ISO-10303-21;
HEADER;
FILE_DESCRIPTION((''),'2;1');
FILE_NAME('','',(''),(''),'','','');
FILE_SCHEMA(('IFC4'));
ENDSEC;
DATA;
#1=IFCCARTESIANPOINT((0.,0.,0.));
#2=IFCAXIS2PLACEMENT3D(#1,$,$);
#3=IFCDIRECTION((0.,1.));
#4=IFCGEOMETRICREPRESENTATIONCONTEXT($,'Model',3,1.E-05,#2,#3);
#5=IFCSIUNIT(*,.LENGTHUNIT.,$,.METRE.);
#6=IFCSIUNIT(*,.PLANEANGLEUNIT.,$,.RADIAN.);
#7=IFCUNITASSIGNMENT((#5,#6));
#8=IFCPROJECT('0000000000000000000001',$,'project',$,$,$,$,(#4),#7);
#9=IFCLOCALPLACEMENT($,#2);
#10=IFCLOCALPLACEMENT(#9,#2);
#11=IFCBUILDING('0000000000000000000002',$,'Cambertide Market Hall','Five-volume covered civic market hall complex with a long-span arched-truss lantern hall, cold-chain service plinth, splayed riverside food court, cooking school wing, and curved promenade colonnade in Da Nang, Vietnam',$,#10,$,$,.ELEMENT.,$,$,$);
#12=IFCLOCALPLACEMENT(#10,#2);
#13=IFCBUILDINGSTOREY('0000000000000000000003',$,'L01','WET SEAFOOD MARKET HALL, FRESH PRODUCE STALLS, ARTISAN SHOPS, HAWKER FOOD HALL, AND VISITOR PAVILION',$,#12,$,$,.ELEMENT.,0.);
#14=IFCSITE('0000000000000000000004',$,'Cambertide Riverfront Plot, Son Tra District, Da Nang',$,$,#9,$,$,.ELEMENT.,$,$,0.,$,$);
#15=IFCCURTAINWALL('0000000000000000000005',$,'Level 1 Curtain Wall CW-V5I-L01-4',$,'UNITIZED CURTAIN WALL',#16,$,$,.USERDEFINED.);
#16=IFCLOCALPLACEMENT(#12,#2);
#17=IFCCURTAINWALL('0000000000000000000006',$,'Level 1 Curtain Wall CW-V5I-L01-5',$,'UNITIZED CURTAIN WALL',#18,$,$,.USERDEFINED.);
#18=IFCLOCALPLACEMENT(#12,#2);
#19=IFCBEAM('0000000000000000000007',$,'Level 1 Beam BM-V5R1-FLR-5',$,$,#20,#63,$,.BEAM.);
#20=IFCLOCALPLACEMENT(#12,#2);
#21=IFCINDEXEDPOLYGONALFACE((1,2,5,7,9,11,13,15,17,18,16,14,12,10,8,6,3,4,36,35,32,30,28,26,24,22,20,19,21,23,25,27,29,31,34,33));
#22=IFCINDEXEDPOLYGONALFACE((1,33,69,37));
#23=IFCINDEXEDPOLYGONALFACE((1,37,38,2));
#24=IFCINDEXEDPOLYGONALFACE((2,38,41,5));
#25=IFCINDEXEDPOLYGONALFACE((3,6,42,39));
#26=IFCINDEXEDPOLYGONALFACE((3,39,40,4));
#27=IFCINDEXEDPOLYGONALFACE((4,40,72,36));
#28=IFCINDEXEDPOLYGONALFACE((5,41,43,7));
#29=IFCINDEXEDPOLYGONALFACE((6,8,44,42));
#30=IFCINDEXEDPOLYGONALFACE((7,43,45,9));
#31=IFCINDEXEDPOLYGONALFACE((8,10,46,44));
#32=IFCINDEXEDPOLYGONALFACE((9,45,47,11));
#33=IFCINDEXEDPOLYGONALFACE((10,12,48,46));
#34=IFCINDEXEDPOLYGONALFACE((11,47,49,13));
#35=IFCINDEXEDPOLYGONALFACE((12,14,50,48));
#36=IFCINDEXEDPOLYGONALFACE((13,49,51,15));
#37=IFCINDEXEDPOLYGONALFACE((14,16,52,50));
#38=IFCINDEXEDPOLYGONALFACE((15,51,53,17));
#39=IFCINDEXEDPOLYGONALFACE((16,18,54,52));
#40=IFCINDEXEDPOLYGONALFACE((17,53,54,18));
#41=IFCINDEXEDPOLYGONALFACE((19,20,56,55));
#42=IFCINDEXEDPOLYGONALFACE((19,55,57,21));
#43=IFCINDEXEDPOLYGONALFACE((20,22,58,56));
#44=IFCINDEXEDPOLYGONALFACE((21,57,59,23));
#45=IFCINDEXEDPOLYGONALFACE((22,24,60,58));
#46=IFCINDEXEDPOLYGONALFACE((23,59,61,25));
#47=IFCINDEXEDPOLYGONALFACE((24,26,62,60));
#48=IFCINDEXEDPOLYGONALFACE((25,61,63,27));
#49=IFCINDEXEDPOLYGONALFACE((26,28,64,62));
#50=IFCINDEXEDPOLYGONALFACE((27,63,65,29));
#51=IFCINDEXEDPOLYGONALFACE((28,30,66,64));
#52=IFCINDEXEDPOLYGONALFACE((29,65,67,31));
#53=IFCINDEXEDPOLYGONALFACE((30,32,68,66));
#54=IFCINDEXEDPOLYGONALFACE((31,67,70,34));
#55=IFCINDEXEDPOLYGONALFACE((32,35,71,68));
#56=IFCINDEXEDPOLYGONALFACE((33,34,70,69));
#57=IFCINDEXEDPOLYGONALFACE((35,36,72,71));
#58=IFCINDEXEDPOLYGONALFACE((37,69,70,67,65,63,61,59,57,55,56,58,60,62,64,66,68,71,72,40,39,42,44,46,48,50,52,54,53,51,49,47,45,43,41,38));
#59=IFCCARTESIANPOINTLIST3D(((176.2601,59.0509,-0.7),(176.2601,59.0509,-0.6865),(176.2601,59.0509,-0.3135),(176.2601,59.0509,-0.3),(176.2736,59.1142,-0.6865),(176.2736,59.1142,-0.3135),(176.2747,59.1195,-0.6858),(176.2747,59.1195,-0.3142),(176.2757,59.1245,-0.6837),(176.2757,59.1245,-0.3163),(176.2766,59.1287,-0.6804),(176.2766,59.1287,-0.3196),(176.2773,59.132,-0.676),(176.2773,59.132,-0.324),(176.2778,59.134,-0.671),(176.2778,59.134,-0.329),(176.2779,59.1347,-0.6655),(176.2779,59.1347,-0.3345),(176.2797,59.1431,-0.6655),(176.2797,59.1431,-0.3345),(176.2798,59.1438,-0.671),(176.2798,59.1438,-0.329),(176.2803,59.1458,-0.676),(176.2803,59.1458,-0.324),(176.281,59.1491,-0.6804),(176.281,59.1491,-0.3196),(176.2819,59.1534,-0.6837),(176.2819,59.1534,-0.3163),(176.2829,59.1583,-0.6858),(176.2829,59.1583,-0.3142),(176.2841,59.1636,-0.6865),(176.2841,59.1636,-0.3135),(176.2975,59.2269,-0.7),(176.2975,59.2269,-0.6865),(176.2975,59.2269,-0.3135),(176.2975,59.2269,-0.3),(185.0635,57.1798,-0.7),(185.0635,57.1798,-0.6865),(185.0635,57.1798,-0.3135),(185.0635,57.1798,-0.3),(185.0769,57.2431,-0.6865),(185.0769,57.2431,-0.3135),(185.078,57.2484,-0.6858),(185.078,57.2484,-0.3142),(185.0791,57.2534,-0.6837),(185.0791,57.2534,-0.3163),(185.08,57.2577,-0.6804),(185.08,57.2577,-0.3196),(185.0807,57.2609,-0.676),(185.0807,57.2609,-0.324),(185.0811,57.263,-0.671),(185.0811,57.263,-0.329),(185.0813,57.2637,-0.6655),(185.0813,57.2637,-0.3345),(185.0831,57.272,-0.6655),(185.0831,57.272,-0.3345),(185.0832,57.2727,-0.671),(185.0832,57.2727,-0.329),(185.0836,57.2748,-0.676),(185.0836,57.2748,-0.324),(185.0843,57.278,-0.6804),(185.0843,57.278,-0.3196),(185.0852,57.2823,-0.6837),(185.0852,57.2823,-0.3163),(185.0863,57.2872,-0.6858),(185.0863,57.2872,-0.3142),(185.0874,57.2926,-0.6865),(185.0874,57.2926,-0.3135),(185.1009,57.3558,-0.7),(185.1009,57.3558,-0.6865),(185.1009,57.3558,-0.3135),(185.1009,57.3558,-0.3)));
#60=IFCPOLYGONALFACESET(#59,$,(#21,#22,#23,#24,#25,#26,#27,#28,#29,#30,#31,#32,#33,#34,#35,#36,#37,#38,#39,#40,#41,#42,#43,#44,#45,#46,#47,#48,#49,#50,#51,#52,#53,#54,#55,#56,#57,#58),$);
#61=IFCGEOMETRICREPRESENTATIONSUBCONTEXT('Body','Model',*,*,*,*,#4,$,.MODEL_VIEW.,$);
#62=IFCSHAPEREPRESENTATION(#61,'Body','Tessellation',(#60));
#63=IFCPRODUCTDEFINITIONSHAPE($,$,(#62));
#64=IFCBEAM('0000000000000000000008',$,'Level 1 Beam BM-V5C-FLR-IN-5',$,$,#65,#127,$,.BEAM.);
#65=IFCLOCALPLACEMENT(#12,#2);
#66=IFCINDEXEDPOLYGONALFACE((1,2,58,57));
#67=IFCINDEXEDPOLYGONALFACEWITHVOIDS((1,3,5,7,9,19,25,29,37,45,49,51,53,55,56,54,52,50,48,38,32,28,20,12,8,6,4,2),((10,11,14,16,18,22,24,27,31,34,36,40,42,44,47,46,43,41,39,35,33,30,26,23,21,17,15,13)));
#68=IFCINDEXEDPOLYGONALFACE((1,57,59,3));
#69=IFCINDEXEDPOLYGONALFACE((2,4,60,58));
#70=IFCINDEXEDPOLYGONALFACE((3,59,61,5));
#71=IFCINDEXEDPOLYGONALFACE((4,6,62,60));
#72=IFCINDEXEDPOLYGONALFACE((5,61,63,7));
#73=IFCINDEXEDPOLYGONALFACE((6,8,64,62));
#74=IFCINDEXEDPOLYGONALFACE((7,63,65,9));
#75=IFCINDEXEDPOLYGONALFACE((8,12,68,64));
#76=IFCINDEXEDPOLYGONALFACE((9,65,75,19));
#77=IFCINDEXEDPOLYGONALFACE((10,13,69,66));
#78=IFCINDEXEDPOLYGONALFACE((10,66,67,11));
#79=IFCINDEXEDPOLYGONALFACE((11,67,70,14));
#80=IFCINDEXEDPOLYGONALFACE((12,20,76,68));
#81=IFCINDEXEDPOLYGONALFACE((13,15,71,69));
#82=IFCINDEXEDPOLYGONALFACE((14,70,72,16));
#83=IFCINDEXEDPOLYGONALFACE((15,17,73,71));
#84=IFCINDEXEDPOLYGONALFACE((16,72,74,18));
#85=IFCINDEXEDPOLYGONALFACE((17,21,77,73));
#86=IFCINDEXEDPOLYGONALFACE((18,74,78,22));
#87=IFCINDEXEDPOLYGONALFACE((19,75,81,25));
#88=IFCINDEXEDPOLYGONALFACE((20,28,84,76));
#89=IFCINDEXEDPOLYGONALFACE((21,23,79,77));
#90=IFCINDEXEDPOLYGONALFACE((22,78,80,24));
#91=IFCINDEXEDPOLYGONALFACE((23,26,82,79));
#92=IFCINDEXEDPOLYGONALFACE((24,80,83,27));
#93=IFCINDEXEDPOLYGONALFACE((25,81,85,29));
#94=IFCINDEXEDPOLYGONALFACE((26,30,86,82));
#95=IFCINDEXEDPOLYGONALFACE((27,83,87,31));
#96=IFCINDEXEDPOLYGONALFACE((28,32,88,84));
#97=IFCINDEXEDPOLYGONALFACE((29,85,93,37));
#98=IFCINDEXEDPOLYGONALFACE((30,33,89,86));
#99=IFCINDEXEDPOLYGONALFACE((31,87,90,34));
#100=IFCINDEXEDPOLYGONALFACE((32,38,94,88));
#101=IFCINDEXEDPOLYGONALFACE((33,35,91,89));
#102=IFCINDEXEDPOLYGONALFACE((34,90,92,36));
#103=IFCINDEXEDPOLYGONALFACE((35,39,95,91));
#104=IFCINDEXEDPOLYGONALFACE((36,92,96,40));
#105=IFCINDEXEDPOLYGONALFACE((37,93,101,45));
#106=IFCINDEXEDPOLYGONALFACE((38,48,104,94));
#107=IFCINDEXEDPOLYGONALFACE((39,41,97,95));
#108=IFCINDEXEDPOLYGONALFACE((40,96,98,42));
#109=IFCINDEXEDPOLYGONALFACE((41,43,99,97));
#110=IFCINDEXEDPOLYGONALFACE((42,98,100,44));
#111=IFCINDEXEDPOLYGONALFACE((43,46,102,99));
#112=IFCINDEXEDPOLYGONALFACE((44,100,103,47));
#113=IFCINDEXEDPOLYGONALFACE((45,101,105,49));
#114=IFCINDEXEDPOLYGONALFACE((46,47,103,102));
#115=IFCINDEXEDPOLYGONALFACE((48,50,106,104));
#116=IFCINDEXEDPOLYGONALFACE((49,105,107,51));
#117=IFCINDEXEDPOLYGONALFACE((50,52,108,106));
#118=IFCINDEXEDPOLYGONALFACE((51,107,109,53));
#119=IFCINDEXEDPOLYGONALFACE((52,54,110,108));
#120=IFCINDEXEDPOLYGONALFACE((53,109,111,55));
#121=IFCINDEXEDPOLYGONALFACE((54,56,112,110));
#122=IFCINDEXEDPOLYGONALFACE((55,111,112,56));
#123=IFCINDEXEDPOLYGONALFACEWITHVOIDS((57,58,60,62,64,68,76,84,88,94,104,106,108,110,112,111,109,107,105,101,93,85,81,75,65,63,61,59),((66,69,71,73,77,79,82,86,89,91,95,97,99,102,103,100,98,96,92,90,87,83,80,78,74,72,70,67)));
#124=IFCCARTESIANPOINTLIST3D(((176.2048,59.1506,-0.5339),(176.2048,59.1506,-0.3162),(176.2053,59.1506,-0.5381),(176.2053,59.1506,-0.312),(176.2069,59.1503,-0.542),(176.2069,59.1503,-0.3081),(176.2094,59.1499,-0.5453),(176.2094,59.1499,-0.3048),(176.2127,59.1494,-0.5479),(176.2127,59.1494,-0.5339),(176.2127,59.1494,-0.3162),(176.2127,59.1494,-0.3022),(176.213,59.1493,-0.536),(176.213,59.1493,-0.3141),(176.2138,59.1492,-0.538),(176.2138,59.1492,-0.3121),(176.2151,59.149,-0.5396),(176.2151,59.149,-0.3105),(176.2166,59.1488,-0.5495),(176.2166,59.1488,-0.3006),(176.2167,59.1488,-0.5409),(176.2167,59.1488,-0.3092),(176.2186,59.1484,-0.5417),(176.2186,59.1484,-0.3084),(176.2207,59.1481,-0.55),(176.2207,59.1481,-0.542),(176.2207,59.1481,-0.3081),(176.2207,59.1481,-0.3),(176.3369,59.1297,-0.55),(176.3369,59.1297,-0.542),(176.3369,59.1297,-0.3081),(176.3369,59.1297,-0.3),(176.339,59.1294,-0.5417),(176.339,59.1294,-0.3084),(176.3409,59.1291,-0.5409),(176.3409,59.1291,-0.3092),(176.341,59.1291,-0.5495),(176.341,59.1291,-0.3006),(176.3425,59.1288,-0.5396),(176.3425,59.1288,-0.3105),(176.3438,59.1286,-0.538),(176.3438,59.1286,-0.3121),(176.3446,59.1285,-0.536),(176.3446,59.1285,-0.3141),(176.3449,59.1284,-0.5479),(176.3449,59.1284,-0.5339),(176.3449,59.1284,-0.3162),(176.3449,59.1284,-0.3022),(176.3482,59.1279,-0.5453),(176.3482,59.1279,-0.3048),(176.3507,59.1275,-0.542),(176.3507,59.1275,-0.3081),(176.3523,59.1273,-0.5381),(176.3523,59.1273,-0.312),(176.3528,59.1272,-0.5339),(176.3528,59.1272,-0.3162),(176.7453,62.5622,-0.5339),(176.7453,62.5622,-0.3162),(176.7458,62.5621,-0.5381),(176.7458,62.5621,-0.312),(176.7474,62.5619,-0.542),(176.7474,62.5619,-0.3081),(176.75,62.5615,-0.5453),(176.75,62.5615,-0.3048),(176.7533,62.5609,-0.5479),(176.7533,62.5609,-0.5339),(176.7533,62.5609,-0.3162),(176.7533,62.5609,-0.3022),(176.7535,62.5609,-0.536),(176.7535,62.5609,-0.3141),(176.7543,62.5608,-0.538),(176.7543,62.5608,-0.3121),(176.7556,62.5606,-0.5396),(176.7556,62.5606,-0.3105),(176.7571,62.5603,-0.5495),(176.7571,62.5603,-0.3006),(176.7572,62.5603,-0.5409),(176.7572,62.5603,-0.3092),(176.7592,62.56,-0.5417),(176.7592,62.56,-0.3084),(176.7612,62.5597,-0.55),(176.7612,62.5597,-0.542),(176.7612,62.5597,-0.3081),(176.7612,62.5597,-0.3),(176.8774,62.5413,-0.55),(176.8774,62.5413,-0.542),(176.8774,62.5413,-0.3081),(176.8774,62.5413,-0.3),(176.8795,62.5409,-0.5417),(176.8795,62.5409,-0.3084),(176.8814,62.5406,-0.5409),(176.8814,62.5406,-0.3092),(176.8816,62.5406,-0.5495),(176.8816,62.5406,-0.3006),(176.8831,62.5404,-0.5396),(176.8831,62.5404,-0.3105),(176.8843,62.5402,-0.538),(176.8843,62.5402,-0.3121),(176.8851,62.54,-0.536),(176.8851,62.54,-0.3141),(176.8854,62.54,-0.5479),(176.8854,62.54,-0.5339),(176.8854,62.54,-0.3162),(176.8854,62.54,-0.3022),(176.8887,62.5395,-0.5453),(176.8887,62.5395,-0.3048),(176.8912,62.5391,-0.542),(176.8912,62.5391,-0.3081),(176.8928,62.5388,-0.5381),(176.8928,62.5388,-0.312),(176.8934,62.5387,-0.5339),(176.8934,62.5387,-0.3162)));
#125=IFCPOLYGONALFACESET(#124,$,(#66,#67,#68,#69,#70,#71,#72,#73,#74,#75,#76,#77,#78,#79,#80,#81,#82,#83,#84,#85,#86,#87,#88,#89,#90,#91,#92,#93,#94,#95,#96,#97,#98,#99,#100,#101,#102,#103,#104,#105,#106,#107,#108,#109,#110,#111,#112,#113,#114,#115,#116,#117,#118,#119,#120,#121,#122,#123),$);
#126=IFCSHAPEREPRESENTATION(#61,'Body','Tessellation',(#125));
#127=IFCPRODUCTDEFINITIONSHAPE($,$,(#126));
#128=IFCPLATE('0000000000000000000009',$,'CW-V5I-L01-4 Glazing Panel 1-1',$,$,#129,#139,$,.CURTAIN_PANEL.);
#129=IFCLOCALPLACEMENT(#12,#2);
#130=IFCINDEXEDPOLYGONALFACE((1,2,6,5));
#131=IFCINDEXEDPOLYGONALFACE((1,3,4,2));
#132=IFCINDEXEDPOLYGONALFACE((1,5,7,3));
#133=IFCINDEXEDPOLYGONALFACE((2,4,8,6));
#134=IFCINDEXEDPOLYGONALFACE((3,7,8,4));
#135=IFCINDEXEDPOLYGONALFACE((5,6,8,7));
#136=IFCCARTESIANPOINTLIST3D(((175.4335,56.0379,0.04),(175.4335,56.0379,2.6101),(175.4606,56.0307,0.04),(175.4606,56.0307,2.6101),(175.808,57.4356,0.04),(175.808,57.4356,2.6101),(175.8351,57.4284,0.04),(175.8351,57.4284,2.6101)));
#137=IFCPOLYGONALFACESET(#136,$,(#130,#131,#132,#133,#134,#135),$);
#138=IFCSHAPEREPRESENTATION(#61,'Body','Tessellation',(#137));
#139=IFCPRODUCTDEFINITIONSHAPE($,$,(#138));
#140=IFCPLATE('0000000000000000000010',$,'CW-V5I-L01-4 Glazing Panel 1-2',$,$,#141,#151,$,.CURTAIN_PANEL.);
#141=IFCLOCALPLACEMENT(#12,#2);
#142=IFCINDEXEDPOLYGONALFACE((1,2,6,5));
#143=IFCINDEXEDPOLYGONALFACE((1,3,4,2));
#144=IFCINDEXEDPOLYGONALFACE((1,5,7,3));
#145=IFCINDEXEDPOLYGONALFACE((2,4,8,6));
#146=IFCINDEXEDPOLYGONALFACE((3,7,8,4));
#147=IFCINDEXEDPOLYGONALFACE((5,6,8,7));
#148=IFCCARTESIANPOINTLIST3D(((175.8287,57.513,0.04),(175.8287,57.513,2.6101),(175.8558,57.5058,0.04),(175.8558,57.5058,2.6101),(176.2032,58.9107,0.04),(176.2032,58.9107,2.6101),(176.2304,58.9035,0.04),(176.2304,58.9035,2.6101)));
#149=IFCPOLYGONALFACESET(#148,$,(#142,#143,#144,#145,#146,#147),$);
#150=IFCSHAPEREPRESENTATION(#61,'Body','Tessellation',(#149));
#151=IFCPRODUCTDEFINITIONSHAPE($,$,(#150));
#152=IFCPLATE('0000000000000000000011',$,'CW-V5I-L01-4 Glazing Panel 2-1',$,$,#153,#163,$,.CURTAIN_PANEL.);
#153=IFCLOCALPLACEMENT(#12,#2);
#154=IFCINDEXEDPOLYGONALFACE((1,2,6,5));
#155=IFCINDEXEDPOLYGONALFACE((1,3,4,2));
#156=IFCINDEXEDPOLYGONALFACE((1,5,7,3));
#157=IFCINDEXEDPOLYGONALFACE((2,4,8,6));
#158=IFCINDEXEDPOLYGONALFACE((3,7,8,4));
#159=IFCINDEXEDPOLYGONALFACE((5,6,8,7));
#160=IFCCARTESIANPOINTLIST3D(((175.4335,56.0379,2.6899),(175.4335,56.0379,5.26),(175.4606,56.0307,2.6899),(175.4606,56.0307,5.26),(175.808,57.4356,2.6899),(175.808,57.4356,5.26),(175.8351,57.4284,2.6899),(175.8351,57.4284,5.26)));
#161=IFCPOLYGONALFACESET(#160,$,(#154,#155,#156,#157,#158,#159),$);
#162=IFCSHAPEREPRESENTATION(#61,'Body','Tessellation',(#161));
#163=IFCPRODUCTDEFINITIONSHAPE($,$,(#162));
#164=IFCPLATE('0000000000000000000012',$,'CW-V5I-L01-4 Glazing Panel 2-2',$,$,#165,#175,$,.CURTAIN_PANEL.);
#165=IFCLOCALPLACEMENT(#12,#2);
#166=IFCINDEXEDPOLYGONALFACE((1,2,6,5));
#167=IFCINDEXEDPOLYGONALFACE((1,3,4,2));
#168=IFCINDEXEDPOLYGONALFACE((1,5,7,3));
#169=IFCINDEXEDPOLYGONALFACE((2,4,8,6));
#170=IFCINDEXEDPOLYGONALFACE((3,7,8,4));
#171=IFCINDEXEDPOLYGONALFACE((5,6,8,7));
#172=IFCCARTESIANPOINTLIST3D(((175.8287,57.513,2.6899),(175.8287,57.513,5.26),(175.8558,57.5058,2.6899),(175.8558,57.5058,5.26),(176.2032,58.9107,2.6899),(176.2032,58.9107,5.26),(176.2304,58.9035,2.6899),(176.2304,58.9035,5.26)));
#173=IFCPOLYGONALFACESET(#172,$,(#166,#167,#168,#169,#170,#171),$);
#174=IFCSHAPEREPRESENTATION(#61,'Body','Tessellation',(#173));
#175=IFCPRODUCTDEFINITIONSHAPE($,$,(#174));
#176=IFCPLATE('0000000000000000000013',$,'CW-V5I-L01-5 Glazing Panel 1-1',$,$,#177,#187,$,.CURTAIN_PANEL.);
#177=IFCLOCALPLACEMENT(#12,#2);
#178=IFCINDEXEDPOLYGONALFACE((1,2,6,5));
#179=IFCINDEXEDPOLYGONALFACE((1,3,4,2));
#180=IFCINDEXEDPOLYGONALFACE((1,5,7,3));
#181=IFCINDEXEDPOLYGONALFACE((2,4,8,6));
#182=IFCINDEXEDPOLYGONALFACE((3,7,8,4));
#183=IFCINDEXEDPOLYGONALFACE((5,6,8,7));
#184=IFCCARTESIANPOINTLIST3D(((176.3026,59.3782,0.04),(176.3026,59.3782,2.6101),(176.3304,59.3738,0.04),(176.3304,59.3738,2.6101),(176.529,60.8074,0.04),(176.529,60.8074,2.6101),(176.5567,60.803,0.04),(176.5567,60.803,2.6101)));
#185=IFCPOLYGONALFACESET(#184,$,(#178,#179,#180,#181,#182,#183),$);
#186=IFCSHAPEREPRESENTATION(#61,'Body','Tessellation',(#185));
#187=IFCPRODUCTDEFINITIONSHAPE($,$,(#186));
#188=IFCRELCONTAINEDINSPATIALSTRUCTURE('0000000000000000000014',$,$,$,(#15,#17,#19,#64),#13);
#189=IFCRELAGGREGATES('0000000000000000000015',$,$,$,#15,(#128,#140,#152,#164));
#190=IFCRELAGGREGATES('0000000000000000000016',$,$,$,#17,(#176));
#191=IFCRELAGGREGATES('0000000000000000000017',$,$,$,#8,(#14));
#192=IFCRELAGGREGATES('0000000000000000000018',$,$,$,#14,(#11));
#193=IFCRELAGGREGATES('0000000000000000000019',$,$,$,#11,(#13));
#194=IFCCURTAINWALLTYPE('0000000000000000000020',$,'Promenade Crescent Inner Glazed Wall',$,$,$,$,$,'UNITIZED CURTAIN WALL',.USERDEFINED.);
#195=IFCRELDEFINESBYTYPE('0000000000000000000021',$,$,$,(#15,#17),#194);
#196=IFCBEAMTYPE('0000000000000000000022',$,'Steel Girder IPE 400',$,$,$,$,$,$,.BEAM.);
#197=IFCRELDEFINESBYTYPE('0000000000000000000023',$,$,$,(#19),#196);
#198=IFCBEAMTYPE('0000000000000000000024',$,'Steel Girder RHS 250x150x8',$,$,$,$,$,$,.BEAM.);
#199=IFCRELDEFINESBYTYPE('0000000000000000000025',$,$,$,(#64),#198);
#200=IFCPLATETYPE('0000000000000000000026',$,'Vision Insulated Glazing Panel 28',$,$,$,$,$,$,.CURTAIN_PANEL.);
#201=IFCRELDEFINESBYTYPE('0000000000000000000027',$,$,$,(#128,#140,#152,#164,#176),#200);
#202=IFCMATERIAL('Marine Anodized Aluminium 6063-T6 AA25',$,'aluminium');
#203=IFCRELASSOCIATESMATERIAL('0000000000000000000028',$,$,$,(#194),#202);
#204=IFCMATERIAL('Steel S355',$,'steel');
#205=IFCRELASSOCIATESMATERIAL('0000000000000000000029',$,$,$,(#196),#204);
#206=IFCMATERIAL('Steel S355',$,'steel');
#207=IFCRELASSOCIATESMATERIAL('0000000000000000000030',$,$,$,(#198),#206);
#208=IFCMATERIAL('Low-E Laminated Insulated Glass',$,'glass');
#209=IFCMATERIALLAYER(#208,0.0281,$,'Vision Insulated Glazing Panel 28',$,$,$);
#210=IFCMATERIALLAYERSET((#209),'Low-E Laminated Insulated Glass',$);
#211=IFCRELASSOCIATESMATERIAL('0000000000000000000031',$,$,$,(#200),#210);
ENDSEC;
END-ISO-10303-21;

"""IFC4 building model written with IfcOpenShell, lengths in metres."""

from ifc_helpers import new_model, si_unit, direction, frame, origin, origin_2d, place, context, subcontext, project, spatial, rectangle, hollow_rectangle, i_section, extrude, material, layer, layer_set, material_profile, profile_set, type_object, element, aggregate, save


model = new_model("IFC4")

# Units and contexts
model_context = context("Model", 3, precision=1e-05, world=origin(), true_north=direction((0.0, 1.0)))
body_context = subcontext(model_context, "Body", "Model", "MODEL_VIEW")
ifc_project = project(units=[si_unit("LENGTHUNIT", "METRE"), si_unit("PLANEANGLEUNIT", "RADIAN")], contexts=[model_context])

# Site, building, storey
site_placement = place(None, origin())
site = spatial("IfcSite", under=ifc_project, at=site_placement, Name="Cambertide Riverfront Plot, Son Tra District, Da Nang", CompositionType="ELEMENT", RefElevation=0.0)
building_placement = place(site_placement, origin())
building = spatial("IfcBuilding", under=site, at=building_placement, Name="Cambertide Market Hall", Description="Five-volume covered civic market hall complex with a long-span arched-truss lantern hall, cold-chain service plinth, splayed riverside food court, cooking school wing, and curved promenade colonnade in Da Nang, Vietnam", CompositionType="ELEMENT")
storey_placement = place(building_placement, origin())
storey = spatial("IfcBuildingStorey", under=building, at=storey_placement, Name="L01", Description="WET SEAFOOD MARKET HALL, FRESH PRODUCE STALLS, ARTISAN SHOPS, HAWKER FOOD HALL, AND VISITOR PAVILION", CompositionType="ELEMENT", Elevation=0.0)

# Curtain wall
ifc_material_1 = material(Name="Marine Anodized Aluminium 6063-T6 AA25", Category="aluminium")
curtain_wall_type = type_object("IfcCurtainWallType", Name="Promenade Crescent Inner Glazed Wall", ElementType="UNITIZED CURTAIN WALL", PredefinedType="USERDEFINED", material=ifc_material_1)
curtain_wall_1_placement = place(storey_placement, origin())
curtain_wall_1 = element("IfcCurtainWall", 1, at=curtain_wall_1_placement, inside=storey, type_object=curtain_wall_type, Name="Level 1 Curtain Wall CW-V5I-L01-4", ObjectType="UNITIZED CURTAIN WALL", PredefinedType="USERDEFINED")

# Curtain wall
curtain_wall_2_placement = place(storey_placement, origin())
curtain_wall_2 = element("IfcCurtainWall", 2, at=curtain_wall_2_placement, inside=storey, type_object=curtain_wall_type, Name="Level 1 Curtain Wall CW-V5I-L01-5", ObjectType="UNITIZED CURTAIN WALL", PredefinedType="USERDEFINED")

# Beams
ifc_material_2 = material(Name="Steel S355", Category="steel")
ifc_material_profile_1 = material_profile(ifc_material_2, i_section(OverallWidth=0.1799, OverallDepth=0.3999, WebThickness=0.0085, FlangeThickness=0.0134, FilletRadius=0.021, at=origin_2d()), Name="IPE 400")
ifc_profile_set_1 = profile_set([ifc_material_profile_1], Name="Steel S355")
beam_type_1 = type_object("IfcBeamType", Name="Steel Girder IPE 400", PredefinedType="BEAM", material=ifc_profile_set_1)
for number, where, z_axis, x_axis, name in (
    (3, (176.2788, 59.1389, -0.5), (0.978151, -0.207897, 0.0), (0.207897, 0.978151, 0.0), "Level 1 Beam BM-V5R1-FLR-5"),
):
    element("IfcBeam", number, at=place(storey_placement, frame(where, z_axis=z_axis, x_axis=x_axis)), inside=storey, type_object=beam_type_1, Name=name, PredefinedType="BEAM", context=body_context, shape_type="SweptSolid", body=[
        extrude(i_section(OverallWidth=0.1799, OverallDepth=0.3999, WebThickness=0.0085, FlangeThickness=0.0134, FilletRadius=0.021, at=origin_2d()), origin(), (0.0, 0.0, 1.0), 9.0),
    ])
ifc_material_3 = material(Name="Steel S355", Category="steel")
ifc_material_profile_2 = material_profile(ifc_material_3, hollow_rectangle(XDim=0.1499, YDim=0.25, WallThickness=0.0081, InnerFilletRadius=0.0081, OuterFilletRadius=0.0161, at=origin_2d()), Name="RHS 250x150x8")
ifc_profile_set_2 = profile_set([ifc_material_profile_2], Name="Steel S355")
beam_type_2 = type_object("IfcBeamType", Name="Steel Girder RHS 250x150x8", PredefinedType="BEAM", material=ifc_profile_set_2)
beam_1_placement = place(storey_placement, frame((176.2788, 59.1389, -0.425), z_axis=(0.156485, 0.98768, 0.0), x_axis=(-0.98768, 0.156485, 0.0)))
element("IfcBeam", 4, at=beam_1_placement, inside=storey, type_object=beam_type_2, Name="Level 1 Beam BM-V5C-FLR-IN-5", PredefinedType="BEAM", context=body_context, shape_type="SweptSolid", body=[
    extrude(hollow_rectangle(XDim=0.1499, YDim=0.25, WallThickness=0.0081, InnerFilletRadius=0.0081, OuterFilletRadius=0.0161, at=origin_2d()), origin(), (0.0, 0.0, 1.0), 3.4541),
])

# Plates
ifc_material_4 = material(Name="Low-E Laminated Insulated Glass", Category="glass")
ifc_layer = layer(ifc_material_4, 0.0281, Name="Vision Insulated Glazing Panel 28")
ifc_layer_set = layer_set([ifc_layer], Name="Low-E Laminated Insulated Glass")
plate_type = type_object("IfcPlateType", Name="Vision Insulated Glazing Panel 28", PredefinedType="CURTAIN_PANEL", material=ifc_layer_set)
plate_1_placement = place(storey_placement, frame((175.6343, 56.7332, 0.04), z_axis=(0.0, 0.0, 1.0), x_axis=(0.258819, 0.965926, 0.0)))
plate_1 = element("IfcPlate", 5, at=plate_1_placement, type_object=plate_type, Name="CW-V5I-L01-4 Glazing Panel 1-1", PredefinedType="CURTAIN_PANEL", context=body_context, shape_type="SweptSolid", body=[
    extrude(rectangle(XDim=1.447, YDim=0.0281, at=origin_2d()), origin(), (0.0, 0.0, 1.0), 2.5701),
])
plate_2_placement = place(storey_placement, frame((176.0295, 58.2083, 0.04), z_axis=(0.0, 0.0, 1.0), x_axis=(0.258819, 0.965926, 0.0)))
plate_2 = element("IfcPlate", 6, at=plate_2_placement, type_object=plate_type, Name="CW-V5I-L01-4 Glazing Panel 1-2", PredefinedType="CURTAIN_PANEL", context=body_context, shape_type="SweptSolid", body=[
    extrude(rectangle(XDim=1.447, YDim=0.0281, at=origin_2d()), origin(), (0.0, 0.0, 1.0), 2.5701),
])
plate_3_placement = place(storey_placement, frame((175.6343, 56.7332, 2.6899), z_axis=(0.0, 0.0, 1.0), x_axis=(0.258819, 0.965926, 0.0)))
plate_3 = element("IfcPlate", 7, at=plate_3_placement, type_object=plate_type, Name="CW-V5I-L01-4 Glazing Panel 2-1", PredefinedType="CURTAIN_PANEL", context=body_context, shape_type="SweptSolid", body=[
    extrude(rectangle(XDim=1.447, YDim=0.0281, at=origin_2d()), origin(), (0.0, 0.0, 1.0), 2.5701),
])
plate_4_placement = place(storey_placement, frame((176.0295, 58.2083, 2.6899), z_axis=(0.0, 0.0, 1.0), x_axis=(0.258819, 0.965926, 0.0)))
plate_4 = element("IfcPlate", 8, at=plate_4_placement, type_object=plate_type, Name="CW-V5I-L01-4 Glazing Panel 2-2", PredefinedType="CURTAIN_PANEL", context=body_context, shape_type="SweptSolid", body=[
    extrude(rectangle(XDim=1.447, YDim=0.0281, at=origin_2d()), origin(), (0.0, 0.0, 1.0), 2.5701),
])
aggregate(curtain_wall_1, [plate_1, plate_2, plate_3, plate_4])
plate_5_placement = place(storey_placement, frame((176.4297, 60.0906, 0.04), z_axis=(0.0, 0.0, 1.0), x_axis=(0.156435, 0.987688, 0.0)))
plate_5 = element("IfcPlate", 9, at=plate_5_placement, type_object=plate_type, Name="CW-V5I-L01-5 Glazing Panel 1-1", PredefinedType="CURTAIN_PANEL", context=body_context, shape_type="SweptSolid", body=[
    extrude(rectangle(XDim=1.447, YDim=0.0281, at=origin_2d()), origin(), (0.0, 0.0, 1.0), 2.5701),
])
aggregate(curtain_wall_2, [plate_5])

save(model, "model.ifc")
